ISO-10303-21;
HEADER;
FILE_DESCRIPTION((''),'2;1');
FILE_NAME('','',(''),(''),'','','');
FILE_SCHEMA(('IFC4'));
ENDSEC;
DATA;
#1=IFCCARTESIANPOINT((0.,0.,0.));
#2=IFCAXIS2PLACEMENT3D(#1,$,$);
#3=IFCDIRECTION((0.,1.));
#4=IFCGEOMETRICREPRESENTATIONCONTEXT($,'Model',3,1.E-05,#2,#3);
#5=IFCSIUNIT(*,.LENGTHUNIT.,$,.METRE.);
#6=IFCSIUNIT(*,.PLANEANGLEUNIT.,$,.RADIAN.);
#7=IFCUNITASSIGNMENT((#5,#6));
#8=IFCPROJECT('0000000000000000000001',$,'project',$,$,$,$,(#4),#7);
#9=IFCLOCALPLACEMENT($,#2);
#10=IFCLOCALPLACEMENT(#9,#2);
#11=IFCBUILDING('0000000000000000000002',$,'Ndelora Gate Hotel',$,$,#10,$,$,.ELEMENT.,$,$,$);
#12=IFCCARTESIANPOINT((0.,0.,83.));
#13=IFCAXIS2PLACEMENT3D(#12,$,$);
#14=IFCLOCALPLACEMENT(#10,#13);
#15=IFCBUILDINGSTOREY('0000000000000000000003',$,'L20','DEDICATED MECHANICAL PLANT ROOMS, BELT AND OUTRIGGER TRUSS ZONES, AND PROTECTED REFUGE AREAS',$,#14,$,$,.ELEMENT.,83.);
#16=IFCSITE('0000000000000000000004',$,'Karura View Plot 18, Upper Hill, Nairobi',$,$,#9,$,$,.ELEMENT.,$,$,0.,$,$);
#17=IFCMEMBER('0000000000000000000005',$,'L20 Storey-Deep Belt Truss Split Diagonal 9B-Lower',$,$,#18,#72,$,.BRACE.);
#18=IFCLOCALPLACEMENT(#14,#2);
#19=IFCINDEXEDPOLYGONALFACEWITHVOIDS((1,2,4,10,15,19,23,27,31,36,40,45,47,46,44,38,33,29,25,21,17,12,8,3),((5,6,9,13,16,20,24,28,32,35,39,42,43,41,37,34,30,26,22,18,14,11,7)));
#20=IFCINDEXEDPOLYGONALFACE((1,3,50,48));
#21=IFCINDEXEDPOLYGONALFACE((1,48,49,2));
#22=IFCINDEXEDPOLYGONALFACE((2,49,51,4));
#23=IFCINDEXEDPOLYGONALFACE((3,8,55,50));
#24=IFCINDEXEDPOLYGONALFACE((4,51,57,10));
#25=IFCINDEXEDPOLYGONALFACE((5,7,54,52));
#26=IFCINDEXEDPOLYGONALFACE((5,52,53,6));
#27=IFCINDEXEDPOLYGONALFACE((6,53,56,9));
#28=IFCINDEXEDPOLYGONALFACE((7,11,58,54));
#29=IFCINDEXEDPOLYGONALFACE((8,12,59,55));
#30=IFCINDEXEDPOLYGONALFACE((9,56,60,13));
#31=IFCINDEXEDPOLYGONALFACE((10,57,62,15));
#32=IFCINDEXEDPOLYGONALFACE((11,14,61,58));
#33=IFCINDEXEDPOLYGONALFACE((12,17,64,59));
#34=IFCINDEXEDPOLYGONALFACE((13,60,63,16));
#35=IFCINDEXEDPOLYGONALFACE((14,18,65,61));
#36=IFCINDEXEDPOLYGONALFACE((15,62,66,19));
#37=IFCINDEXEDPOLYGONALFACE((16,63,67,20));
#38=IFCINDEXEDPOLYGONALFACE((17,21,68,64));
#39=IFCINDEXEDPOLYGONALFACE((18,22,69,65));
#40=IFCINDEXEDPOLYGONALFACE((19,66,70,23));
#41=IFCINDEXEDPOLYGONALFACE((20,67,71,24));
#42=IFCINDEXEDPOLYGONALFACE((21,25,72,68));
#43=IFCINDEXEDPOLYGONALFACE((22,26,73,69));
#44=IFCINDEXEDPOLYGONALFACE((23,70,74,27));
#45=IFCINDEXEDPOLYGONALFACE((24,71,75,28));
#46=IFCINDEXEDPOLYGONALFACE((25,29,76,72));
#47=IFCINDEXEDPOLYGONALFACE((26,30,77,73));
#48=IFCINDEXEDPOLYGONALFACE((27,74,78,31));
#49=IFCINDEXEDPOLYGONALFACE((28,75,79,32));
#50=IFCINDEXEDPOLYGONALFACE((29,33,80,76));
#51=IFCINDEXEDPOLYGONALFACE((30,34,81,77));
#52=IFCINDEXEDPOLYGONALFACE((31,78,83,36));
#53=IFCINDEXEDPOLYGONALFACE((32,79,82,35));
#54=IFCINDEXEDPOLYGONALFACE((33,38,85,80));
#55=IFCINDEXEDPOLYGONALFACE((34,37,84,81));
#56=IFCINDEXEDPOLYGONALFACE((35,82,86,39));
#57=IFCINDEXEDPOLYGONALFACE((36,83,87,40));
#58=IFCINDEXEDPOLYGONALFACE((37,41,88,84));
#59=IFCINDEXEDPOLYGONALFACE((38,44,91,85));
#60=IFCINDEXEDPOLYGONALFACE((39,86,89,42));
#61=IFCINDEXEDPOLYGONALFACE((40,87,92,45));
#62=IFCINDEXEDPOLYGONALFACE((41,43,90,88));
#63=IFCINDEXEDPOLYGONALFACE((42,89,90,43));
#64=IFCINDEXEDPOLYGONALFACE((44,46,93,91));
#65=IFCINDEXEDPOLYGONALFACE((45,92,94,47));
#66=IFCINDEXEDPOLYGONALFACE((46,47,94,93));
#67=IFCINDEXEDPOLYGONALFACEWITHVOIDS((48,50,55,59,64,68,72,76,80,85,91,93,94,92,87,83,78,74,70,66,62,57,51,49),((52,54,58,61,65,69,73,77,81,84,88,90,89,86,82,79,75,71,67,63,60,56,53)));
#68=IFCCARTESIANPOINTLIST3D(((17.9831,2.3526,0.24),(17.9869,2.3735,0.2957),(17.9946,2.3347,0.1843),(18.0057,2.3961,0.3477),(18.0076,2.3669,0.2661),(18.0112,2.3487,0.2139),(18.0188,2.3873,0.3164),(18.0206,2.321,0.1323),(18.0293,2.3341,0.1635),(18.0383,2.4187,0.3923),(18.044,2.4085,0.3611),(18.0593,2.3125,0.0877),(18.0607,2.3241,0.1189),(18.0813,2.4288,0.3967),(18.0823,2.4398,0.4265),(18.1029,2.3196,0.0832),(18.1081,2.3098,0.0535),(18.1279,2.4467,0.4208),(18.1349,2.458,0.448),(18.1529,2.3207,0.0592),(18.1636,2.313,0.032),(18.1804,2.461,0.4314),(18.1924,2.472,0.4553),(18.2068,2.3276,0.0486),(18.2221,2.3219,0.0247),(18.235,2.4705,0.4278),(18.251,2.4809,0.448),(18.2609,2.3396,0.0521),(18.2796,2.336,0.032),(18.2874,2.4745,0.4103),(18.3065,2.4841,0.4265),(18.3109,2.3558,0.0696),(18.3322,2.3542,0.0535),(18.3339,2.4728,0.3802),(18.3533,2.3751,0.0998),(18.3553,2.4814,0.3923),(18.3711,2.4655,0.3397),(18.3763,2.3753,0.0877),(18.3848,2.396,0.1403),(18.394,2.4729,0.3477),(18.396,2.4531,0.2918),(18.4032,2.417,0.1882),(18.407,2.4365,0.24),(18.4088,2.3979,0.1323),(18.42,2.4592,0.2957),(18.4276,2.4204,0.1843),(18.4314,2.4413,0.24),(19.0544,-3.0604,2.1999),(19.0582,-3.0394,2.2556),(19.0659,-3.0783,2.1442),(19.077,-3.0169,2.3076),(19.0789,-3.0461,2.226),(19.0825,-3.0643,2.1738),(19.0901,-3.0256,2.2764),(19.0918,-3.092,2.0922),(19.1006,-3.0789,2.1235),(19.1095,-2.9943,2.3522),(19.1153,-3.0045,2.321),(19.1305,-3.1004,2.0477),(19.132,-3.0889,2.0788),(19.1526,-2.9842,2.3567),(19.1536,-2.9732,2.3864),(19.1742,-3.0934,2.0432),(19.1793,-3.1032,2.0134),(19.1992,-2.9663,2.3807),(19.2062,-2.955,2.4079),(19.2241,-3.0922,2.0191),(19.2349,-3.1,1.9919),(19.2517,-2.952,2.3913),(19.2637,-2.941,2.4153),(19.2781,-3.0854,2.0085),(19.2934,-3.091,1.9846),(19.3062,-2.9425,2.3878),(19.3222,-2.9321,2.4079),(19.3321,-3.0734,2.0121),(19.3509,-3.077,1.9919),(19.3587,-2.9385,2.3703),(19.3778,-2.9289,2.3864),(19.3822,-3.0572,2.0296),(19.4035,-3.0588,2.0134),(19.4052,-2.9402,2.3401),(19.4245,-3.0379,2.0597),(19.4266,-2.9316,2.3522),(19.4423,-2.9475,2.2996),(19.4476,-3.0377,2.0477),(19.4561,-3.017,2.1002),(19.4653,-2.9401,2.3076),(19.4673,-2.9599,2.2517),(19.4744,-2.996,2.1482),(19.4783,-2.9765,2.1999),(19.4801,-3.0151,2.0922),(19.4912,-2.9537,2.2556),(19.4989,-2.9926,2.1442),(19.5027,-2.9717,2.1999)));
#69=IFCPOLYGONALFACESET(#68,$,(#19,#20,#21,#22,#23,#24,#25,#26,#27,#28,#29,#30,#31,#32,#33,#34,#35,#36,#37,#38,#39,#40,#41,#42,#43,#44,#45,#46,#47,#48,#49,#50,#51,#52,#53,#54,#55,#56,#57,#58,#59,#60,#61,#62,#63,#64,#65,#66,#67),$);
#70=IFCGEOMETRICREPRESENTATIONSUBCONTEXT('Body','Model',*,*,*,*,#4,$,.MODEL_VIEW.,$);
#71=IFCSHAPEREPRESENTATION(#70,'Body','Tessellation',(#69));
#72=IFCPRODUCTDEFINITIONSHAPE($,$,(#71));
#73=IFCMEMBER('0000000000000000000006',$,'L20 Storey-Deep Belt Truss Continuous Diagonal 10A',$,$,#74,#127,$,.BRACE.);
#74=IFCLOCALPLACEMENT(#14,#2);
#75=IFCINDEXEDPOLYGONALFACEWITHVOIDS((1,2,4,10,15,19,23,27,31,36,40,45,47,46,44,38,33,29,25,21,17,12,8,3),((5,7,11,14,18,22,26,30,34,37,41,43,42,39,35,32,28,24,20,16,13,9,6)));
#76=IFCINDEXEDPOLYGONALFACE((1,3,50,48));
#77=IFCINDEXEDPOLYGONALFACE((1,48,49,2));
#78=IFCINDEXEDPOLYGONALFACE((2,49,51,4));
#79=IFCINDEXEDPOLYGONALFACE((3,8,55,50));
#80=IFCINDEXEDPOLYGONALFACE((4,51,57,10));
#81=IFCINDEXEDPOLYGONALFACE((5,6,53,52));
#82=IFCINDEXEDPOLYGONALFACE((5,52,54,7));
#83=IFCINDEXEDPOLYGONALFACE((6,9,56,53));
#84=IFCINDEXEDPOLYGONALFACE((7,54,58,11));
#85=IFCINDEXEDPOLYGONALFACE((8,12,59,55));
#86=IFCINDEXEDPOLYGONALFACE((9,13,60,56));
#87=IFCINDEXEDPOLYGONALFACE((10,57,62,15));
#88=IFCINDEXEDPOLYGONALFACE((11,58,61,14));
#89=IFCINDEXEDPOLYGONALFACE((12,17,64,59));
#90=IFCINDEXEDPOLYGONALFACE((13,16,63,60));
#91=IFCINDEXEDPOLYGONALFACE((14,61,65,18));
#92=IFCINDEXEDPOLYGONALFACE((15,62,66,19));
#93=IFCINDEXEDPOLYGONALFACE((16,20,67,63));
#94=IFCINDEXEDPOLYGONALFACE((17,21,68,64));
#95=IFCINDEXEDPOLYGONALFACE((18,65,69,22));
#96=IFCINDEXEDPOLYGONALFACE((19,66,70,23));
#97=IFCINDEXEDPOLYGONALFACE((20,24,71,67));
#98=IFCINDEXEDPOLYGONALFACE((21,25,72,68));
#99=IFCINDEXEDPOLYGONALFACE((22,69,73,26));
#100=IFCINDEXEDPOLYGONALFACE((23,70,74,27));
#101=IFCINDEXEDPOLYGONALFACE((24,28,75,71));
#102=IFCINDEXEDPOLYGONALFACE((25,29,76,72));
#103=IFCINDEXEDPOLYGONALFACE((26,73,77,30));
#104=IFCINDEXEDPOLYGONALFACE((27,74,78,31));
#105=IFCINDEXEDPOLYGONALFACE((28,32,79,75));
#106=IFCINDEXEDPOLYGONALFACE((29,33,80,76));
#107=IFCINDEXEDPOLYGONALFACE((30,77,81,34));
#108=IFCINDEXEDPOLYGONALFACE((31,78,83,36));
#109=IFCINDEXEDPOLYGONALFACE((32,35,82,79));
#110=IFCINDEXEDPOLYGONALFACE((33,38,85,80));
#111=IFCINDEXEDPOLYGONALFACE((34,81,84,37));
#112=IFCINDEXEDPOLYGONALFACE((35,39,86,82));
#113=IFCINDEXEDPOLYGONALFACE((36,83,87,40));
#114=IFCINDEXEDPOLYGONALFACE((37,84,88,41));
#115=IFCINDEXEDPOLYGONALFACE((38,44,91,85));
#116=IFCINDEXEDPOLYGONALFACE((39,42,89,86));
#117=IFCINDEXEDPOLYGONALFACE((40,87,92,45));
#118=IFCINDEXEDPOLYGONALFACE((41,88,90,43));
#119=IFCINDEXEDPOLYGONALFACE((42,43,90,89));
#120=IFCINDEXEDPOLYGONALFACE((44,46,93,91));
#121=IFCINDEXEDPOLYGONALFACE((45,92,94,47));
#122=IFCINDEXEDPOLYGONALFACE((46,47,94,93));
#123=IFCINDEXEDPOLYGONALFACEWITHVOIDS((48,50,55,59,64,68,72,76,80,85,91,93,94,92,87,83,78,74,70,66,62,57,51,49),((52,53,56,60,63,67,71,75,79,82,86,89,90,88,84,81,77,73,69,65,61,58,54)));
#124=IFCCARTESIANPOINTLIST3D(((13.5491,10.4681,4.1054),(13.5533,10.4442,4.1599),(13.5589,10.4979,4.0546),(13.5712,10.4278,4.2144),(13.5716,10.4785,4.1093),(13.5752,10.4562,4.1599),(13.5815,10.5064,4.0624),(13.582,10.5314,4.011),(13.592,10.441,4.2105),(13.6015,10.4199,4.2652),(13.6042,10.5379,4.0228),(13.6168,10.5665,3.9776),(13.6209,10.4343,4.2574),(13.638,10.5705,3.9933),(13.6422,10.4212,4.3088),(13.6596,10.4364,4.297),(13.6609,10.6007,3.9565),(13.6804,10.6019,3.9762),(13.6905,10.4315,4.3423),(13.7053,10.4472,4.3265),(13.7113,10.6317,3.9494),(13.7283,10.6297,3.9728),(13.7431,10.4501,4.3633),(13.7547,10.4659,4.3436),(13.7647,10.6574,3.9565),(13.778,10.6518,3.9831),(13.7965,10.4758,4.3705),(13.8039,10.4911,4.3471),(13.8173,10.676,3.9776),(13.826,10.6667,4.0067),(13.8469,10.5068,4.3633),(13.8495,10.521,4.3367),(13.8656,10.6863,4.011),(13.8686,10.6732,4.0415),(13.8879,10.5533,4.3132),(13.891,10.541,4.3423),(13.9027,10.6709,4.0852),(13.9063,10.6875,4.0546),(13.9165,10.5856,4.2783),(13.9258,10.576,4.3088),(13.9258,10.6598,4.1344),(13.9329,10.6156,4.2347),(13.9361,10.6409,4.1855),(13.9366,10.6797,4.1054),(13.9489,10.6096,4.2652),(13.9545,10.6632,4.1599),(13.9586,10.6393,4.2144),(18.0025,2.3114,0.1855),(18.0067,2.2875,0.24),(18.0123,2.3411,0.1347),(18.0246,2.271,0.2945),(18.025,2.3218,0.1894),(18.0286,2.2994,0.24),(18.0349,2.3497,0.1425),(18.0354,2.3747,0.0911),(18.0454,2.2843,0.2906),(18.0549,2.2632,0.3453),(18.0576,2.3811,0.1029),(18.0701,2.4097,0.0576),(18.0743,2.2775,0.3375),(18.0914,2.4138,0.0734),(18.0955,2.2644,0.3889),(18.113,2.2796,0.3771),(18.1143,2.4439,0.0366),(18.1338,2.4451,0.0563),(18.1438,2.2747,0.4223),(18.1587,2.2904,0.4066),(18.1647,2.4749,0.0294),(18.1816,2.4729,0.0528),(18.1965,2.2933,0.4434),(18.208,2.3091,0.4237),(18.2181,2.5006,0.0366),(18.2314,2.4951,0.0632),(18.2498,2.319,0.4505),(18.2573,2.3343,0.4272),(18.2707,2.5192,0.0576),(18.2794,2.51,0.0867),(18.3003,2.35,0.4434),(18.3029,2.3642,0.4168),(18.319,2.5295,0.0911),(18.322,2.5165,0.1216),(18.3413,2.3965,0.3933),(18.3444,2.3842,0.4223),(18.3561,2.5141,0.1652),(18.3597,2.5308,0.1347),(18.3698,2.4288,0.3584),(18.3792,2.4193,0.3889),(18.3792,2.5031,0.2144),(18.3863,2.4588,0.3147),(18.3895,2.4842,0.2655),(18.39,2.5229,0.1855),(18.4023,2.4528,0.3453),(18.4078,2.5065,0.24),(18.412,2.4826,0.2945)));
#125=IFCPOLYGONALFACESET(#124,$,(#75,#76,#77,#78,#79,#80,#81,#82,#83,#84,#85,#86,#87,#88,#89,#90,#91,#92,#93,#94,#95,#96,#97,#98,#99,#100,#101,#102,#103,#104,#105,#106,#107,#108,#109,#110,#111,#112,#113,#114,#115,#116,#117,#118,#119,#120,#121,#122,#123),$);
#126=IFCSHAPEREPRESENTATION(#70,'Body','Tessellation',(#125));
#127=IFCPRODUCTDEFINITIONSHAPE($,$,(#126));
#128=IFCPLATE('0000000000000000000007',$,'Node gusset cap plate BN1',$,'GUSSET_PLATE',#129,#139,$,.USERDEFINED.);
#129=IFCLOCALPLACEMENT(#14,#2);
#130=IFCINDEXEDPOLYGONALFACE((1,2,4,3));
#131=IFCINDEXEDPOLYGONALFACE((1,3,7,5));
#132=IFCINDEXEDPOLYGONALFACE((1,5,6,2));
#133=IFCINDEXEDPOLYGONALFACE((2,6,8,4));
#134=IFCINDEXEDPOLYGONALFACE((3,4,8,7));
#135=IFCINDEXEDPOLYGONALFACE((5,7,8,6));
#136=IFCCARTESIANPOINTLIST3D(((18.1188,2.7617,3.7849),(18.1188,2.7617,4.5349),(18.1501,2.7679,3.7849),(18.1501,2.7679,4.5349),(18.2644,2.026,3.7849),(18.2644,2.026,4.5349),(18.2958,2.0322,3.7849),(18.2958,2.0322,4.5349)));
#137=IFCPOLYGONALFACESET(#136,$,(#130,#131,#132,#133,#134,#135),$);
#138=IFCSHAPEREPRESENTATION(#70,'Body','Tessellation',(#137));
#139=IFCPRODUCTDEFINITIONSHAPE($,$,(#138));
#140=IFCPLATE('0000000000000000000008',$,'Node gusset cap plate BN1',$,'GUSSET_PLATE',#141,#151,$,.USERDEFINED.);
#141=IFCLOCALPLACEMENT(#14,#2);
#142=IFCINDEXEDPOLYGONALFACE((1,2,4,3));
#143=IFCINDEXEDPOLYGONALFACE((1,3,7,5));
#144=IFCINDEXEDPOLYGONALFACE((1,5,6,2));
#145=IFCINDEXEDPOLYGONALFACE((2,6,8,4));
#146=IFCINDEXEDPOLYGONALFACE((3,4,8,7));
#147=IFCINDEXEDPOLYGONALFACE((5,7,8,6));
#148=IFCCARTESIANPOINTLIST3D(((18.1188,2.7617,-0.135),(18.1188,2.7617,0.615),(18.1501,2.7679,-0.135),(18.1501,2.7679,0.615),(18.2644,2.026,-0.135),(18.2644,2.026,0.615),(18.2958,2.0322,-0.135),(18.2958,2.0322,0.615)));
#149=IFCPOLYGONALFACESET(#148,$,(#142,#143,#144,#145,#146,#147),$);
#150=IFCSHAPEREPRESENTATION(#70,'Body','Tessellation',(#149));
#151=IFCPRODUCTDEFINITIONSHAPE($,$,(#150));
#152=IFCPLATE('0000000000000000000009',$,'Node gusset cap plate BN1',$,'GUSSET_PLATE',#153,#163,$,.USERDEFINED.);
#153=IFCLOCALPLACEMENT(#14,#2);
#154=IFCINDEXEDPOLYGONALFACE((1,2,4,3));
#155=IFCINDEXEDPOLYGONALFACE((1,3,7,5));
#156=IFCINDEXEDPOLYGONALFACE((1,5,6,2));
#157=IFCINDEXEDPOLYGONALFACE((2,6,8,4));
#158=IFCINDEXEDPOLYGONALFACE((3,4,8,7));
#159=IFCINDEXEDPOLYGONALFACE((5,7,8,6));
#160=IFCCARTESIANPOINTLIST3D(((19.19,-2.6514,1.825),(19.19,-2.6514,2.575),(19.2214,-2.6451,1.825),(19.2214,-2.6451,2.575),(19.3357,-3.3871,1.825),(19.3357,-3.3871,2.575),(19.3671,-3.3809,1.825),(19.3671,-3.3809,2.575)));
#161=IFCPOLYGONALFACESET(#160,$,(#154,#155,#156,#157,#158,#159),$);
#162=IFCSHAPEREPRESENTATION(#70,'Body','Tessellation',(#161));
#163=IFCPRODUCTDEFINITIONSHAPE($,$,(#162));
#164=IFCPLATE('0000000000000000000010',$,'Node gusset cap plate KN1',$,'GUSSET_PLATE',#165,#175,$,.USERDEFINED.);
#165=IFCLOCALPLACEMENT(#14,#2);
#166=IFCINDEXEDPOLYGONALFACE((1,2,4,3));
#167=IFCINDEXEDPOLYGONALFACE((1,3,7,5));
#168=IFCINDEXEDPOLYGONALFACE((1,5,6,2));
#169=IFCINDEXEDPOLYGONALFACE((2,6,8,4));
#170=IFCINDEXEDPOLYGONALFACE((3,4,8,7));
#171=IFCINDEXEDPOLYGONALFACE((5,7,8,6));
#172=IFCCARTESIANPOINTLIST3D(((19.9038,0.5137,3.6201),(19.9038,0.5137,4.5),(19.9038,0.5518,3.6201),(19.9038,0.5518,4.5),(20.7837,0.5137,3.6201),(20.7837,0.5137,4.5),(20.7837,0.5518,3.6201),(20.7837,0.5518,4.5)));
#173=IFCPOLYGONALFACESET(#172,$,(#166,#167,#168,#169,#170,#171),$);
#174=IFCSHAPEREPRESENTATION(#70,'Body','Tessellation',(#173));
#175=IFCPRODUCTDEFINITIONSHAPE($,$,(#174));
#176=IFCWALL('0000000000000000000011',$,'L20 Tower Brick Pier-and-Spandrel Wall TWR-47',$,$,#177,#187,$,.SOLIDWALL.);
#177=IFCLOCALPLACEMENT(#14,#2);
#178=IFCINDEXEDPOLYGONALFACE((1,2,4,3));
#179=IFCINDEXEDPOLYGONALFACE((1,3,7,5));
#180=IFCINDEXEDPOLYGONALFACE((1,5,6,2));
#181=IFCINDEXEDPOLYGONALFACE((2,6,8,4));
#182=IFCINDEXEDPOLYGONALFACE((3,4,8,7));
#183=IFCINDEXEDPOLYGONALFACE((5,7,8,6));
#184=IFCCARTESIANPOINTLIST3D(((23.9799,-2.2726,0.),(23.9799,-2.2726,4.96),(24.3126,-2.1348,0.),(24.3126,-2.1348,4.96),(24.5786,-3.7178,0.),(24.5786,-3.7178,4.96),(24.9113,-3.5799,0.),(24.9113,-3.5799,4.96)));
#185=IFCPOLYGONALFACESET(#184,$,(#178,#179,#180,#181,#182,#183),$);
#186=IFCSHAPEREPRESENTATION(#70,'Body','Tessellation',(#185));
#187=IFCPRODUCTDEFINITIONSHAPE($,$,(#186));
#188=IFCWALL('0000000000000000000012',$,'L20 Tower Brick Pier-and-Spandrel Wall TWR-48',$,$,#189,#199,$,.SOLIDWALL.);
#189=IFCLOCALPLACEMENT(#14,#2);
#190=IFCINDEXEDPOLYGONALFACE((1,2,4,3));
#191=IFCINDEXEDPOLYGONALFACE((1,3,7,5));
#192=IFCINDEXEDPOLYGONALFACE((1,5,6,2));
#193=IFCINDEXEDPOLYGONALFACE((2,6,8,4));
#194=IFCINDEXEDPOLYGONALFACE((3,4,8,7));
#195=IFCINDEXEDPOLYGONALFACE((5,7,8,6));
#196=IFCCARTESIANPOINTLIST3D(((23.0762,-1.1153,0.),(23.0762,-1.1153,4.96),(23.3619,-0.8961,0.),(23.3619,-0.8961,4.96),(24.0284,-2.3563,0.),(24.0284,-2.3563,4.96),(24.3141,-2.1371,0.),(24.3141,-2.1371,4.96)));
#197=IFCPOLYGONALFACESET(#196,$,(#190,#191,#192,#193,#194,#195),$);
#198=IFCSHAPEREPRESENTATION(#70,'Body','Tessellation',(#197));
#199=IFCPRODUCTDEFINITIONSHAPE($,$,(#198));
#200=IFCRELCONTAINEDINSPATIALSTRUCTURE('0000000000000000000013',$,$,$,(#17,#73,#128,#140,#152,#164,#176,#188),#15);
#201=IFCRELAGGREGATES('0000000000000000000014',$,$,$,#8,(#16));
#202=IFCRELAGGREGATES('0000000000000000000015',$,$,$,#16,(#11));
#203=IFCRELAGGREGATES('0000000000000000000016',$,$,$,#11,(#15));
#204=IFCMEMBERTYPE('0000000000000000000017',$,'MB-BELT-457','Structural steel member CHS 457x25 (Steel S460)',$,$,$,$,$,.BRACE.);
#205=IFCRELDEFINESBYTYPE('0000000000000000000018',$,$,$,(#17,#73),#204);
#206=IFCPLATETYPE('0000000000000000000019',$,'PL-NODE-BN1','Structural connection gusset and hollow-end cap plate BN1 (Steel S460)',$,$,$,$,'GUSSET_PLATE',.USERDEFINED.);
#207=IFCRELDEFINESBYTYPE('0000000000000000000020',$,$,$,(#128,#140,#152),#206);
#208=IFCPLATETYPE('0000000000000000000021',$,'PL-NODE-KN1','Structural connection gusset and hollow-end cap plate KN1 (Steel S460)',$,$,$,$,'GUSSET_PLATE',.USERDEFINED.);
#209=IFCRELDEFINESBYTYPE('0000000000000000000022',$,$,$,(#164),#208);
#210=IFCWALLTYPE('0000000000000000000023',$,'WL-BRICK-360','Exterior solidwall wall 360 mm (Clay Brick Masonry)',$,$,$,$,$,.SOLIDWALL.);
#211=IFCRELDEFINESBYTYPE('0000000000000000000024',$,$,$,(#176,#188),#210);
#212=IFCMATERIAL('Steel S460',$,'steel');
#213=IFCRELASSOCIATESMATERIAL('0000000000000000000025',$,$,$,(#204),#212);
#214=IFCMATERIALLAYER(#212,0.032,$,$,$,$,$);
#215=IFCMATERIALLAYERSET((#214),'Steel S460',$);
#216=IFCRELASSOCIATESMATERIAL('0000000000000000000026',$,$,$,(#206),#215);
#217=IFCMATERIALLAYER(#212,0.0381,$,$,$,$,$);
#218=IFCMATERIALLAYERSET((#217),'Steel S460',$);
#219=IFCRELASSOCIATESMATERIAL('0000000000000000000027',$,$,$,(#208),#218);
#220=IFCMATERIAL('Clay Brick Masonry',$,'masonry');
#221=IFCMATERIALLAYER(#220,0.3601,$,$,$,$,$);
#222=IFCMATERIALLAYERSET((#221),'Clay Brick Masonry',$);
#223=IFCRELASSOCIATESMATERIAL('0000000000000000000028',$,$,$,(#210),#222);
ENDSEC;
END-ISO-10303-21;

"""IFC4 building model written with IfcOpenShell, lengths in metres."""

from ifc_helpers import new_model, si_unit, direction, frame, frame_2d, origin, origin_2d, place, context, subcontext, project, spatial, rectangle, hollow_circle, extrude, material, layer, layer_set, material_profile, profile_set, type_object, element, save


model = new_model("IFC4")

# Units and contexts
model_context = context("Model", 3, precision=1e-05, world=origin(), true_north=direction((0.0, 1.0)))
body_context = subcontext(model_context, "Body", "Model", "MODEL_VIEW")
ifc_project = project(units=[si_unit("LENGTHUNIT", "METRE"), si_unit("PLANEANGLEUNIT", "RADIAN")], contexts=[model_context])

# Site, building, storey
site_placement = place(None, origin())
site = spatial("IfcSite", under=ifc_project, at=site_placement, Name="Karura View Plot 18, Upper Hill, Nairobi", CompositionType="ELEMENT", RefElevation=0.0)
building_placement = place(site_placement, origin())
building = spatial("IfcBuilding", under=site, at=building_placement, Name="Ndelora Gate Hotel", CompositionType="ELEMENT")
storey_placement = place(building_placement, frame((0.0, 0.0, 83.0)))
storey = spatial("IfcBuildingStorey", under=building, at=storey_placement, Name="L20", Description="DEDICATED MECHANICAL PLANT ROOMS, BELT AND OUTRIGGER TRUSS ZONES, AND PROTECTED REFUGE AREAS", CompositionType="ELEMENT", Elevation=83.0)

# Shared definitions
ifc_material_1 = material(Name="Steel S460", Category="steel")

# Members
ifc_material_profile_1 = material_profile(ifc_material_1, hollow_circle(Radius=0.2285, WallThickness=0.0249, at=origin_2d()), Name="CHS 457x25")
ifc_profile_set_1 = profile_set([ifc_material_profile_1], Name="Steel S460")
member_type = type_object("IfcMemberType", Name="MB-BELT-457", Description="Structural steel member CHS 457x25 (Steel S460)", PredefinedType="BRACE", material=ifc_profile_set_1)
member_1_placement = place(storey_placement, frame((18.2073, 2.397, 0.24), z_axis=(0.182944, -0.924394, 0.334703), x_axis=(0.980973, 0.194142, 0.0)))
element("IfcMember", 1, at=member_1_placement, inside=storey, type_object=member_type, Name="L20 Storey-Deep Belt Truss Split Diagonal 9B-Lower", PredefinedType="BRACE", context=body_context, shape_type="SweptSolid", body=[
    extrude(hollow_circle(Radius=0.2285, WallThickness=0.0249, at=origin_2d()), origin(), (0.0, 0.0, 1.0), 5.8557),
])
member_2_placement = place(storey_placement, frame((18.2073, 2.397, 0.24), z_axis=(-0.441533, 0.808706, 0.388644), x_axis=(-0.877704, -0.479204, 0.0)))
element("IfcMember", 2, at=member_2_placement, inside=storey, type_object=member_type, Name="L20 Storey-Deep Belt Truss Continuous Diagonal 10A", PredefinedType="BRACE", context=body_context, shape_type="SweptSolid", body=[
    extrude(hollow_circle(Radius=0.2285, WallThickness=0.0249, at=origin_2d()), origin(), (0.0, 0.0, 1.0), 10.0862),
])

# Plates
ifc_layer_1 = layer(ifc_material_1, 0.032)
ifc_layer_set_1 = layer_set([ifc_layer_1], Name="Steel S460")
plate_type_1 = type_object("IfcPlateType", Name="PL-NODE-BN1", Description="Structural connection gusset and hollow-end cap plate BN1 (Steel S460)", ElementType="GUSSET_PLATE", PredefinedType="USERDEFINED", material=ifc_layer_set_1)
for number, where, z_axis, x_axis, name in (
    (3, (18.2073, 2.397, 3.7849), (0.0, 0.0, 1.0), (-0.194234, 0.980955, 0.0), "Node gusset cap plate BN1"),
    (4, (18.2073, 2.397, -0.135), (0.0, 0.0, 1.0), (-0.194234, 0.980955, 0.0), "Node gusset cap plate BN1"),
    (5, (19.2786, -3.0161, 1.825), (0.0, 0.0, 1.0), (-0.194234, 0.980955, 0.0), "Node gusset cap plate BN1"),
):
    element("IfcPlate", number, at=place(storey_placement, frame(where, z_axis=z_axis, x_axis=x_axis)), inside=storey, type_object=plate_type_1, Name=name, ObjectType="GUSSET_PLATE", PredefinedType="USERDEFINED", context=body_context, shape_type="SweptSolid", body=[
        extrude(rectangle(XDim=0.75, YDim=0.032, at=origin_2d()), origin(), (0.0, 0.0, 1.0), 0.75),
    ])
ifc_layer_2 = layer(ifc_material_1, 0.0381)
ifc_layer_set_2 = layer_set([ifc_layer_2], Name="Steel S460")
plate_type_2 = type_object("IfcPlateType", Name="PL-NODE-KN1", Description="Structural connection gusset and hollow-end cap plate KN1 (Steel S460)", ElementType="GUSSET_PLATE", PredefinedType="USERDEFINED", material=ifc_layer_set_2)
plate_placement = place(storey_placement, frame((20.3438, 0.5327, 3.6201), z_axis=(0.0, 0.0, 1.0), x_axis=(1.0, 0.0, 0.0)))
element("IfcPlate", 6, at=plate_placement, inside=storey, type_object=plate_type_2, Name="Node gusset cap plate KN1", ObjectType="GUSSET_PLATE", PredefinedType="USERDEFINED", context=body_context, shape_type="SweptSolid", body=[
    extrude(rectangle(XDim=0.8799, YDim=0.0381, at=origin_2d()), origin(), (0.0, 0.0, 1.0), 0.8799),
])

# Walls
ifc_material_2 = material(Name="Clay Brick Masonry", Category="masonry")
ifc_layer_3 = layer(ifc_material_2, 0.3601)
ifc_layer_set_3 = layer_set([ifc_layer_3], Name="Clay Brick Masonry")
wall_type_1 = type_object("IfcWallType", Name="WL-BRICK-360", Description="Exterior solidwall wall 360 mm (Clay Brick Masonry)", PredefinedType="SOLIDWALL", material=ifc_layer_set_3)
for number, where, z_axis, x_axis, name in (
    (7, (24.1462, -2.2036, 0.0), (0.0, 0.0, 1.0), (0.382719, -0.923865, 0.0), "L20 Tower Brick Pier-and-Spandrel Wall TWR-47"),
    (8, (23.219, -1.0056, 0.0), (0.0, 0.0, 1.0), (0.60873, -0.793378, 0.0), "L20 Tower Brick Pier-and-Spandrel Wall TWR-48"),
):
    element("IfcWall", number, at=place(storey_placement, frame(where, z_axis=z_axis, x_axis=x_axis)), inside=storey, type_object=wall_type_1, Name=name, PredefinedType="SOLIDWALL", context=body_context, shape_type="SweptSolid", body=[
        extrude(rectangle(XDim=1.5642, YDim=0.3601, at=frame_2d((0.7822, 0.0))), origin(), (0.0, 0.0, 1.0), 4.96),
    ])

save(model, "model.ifc")
